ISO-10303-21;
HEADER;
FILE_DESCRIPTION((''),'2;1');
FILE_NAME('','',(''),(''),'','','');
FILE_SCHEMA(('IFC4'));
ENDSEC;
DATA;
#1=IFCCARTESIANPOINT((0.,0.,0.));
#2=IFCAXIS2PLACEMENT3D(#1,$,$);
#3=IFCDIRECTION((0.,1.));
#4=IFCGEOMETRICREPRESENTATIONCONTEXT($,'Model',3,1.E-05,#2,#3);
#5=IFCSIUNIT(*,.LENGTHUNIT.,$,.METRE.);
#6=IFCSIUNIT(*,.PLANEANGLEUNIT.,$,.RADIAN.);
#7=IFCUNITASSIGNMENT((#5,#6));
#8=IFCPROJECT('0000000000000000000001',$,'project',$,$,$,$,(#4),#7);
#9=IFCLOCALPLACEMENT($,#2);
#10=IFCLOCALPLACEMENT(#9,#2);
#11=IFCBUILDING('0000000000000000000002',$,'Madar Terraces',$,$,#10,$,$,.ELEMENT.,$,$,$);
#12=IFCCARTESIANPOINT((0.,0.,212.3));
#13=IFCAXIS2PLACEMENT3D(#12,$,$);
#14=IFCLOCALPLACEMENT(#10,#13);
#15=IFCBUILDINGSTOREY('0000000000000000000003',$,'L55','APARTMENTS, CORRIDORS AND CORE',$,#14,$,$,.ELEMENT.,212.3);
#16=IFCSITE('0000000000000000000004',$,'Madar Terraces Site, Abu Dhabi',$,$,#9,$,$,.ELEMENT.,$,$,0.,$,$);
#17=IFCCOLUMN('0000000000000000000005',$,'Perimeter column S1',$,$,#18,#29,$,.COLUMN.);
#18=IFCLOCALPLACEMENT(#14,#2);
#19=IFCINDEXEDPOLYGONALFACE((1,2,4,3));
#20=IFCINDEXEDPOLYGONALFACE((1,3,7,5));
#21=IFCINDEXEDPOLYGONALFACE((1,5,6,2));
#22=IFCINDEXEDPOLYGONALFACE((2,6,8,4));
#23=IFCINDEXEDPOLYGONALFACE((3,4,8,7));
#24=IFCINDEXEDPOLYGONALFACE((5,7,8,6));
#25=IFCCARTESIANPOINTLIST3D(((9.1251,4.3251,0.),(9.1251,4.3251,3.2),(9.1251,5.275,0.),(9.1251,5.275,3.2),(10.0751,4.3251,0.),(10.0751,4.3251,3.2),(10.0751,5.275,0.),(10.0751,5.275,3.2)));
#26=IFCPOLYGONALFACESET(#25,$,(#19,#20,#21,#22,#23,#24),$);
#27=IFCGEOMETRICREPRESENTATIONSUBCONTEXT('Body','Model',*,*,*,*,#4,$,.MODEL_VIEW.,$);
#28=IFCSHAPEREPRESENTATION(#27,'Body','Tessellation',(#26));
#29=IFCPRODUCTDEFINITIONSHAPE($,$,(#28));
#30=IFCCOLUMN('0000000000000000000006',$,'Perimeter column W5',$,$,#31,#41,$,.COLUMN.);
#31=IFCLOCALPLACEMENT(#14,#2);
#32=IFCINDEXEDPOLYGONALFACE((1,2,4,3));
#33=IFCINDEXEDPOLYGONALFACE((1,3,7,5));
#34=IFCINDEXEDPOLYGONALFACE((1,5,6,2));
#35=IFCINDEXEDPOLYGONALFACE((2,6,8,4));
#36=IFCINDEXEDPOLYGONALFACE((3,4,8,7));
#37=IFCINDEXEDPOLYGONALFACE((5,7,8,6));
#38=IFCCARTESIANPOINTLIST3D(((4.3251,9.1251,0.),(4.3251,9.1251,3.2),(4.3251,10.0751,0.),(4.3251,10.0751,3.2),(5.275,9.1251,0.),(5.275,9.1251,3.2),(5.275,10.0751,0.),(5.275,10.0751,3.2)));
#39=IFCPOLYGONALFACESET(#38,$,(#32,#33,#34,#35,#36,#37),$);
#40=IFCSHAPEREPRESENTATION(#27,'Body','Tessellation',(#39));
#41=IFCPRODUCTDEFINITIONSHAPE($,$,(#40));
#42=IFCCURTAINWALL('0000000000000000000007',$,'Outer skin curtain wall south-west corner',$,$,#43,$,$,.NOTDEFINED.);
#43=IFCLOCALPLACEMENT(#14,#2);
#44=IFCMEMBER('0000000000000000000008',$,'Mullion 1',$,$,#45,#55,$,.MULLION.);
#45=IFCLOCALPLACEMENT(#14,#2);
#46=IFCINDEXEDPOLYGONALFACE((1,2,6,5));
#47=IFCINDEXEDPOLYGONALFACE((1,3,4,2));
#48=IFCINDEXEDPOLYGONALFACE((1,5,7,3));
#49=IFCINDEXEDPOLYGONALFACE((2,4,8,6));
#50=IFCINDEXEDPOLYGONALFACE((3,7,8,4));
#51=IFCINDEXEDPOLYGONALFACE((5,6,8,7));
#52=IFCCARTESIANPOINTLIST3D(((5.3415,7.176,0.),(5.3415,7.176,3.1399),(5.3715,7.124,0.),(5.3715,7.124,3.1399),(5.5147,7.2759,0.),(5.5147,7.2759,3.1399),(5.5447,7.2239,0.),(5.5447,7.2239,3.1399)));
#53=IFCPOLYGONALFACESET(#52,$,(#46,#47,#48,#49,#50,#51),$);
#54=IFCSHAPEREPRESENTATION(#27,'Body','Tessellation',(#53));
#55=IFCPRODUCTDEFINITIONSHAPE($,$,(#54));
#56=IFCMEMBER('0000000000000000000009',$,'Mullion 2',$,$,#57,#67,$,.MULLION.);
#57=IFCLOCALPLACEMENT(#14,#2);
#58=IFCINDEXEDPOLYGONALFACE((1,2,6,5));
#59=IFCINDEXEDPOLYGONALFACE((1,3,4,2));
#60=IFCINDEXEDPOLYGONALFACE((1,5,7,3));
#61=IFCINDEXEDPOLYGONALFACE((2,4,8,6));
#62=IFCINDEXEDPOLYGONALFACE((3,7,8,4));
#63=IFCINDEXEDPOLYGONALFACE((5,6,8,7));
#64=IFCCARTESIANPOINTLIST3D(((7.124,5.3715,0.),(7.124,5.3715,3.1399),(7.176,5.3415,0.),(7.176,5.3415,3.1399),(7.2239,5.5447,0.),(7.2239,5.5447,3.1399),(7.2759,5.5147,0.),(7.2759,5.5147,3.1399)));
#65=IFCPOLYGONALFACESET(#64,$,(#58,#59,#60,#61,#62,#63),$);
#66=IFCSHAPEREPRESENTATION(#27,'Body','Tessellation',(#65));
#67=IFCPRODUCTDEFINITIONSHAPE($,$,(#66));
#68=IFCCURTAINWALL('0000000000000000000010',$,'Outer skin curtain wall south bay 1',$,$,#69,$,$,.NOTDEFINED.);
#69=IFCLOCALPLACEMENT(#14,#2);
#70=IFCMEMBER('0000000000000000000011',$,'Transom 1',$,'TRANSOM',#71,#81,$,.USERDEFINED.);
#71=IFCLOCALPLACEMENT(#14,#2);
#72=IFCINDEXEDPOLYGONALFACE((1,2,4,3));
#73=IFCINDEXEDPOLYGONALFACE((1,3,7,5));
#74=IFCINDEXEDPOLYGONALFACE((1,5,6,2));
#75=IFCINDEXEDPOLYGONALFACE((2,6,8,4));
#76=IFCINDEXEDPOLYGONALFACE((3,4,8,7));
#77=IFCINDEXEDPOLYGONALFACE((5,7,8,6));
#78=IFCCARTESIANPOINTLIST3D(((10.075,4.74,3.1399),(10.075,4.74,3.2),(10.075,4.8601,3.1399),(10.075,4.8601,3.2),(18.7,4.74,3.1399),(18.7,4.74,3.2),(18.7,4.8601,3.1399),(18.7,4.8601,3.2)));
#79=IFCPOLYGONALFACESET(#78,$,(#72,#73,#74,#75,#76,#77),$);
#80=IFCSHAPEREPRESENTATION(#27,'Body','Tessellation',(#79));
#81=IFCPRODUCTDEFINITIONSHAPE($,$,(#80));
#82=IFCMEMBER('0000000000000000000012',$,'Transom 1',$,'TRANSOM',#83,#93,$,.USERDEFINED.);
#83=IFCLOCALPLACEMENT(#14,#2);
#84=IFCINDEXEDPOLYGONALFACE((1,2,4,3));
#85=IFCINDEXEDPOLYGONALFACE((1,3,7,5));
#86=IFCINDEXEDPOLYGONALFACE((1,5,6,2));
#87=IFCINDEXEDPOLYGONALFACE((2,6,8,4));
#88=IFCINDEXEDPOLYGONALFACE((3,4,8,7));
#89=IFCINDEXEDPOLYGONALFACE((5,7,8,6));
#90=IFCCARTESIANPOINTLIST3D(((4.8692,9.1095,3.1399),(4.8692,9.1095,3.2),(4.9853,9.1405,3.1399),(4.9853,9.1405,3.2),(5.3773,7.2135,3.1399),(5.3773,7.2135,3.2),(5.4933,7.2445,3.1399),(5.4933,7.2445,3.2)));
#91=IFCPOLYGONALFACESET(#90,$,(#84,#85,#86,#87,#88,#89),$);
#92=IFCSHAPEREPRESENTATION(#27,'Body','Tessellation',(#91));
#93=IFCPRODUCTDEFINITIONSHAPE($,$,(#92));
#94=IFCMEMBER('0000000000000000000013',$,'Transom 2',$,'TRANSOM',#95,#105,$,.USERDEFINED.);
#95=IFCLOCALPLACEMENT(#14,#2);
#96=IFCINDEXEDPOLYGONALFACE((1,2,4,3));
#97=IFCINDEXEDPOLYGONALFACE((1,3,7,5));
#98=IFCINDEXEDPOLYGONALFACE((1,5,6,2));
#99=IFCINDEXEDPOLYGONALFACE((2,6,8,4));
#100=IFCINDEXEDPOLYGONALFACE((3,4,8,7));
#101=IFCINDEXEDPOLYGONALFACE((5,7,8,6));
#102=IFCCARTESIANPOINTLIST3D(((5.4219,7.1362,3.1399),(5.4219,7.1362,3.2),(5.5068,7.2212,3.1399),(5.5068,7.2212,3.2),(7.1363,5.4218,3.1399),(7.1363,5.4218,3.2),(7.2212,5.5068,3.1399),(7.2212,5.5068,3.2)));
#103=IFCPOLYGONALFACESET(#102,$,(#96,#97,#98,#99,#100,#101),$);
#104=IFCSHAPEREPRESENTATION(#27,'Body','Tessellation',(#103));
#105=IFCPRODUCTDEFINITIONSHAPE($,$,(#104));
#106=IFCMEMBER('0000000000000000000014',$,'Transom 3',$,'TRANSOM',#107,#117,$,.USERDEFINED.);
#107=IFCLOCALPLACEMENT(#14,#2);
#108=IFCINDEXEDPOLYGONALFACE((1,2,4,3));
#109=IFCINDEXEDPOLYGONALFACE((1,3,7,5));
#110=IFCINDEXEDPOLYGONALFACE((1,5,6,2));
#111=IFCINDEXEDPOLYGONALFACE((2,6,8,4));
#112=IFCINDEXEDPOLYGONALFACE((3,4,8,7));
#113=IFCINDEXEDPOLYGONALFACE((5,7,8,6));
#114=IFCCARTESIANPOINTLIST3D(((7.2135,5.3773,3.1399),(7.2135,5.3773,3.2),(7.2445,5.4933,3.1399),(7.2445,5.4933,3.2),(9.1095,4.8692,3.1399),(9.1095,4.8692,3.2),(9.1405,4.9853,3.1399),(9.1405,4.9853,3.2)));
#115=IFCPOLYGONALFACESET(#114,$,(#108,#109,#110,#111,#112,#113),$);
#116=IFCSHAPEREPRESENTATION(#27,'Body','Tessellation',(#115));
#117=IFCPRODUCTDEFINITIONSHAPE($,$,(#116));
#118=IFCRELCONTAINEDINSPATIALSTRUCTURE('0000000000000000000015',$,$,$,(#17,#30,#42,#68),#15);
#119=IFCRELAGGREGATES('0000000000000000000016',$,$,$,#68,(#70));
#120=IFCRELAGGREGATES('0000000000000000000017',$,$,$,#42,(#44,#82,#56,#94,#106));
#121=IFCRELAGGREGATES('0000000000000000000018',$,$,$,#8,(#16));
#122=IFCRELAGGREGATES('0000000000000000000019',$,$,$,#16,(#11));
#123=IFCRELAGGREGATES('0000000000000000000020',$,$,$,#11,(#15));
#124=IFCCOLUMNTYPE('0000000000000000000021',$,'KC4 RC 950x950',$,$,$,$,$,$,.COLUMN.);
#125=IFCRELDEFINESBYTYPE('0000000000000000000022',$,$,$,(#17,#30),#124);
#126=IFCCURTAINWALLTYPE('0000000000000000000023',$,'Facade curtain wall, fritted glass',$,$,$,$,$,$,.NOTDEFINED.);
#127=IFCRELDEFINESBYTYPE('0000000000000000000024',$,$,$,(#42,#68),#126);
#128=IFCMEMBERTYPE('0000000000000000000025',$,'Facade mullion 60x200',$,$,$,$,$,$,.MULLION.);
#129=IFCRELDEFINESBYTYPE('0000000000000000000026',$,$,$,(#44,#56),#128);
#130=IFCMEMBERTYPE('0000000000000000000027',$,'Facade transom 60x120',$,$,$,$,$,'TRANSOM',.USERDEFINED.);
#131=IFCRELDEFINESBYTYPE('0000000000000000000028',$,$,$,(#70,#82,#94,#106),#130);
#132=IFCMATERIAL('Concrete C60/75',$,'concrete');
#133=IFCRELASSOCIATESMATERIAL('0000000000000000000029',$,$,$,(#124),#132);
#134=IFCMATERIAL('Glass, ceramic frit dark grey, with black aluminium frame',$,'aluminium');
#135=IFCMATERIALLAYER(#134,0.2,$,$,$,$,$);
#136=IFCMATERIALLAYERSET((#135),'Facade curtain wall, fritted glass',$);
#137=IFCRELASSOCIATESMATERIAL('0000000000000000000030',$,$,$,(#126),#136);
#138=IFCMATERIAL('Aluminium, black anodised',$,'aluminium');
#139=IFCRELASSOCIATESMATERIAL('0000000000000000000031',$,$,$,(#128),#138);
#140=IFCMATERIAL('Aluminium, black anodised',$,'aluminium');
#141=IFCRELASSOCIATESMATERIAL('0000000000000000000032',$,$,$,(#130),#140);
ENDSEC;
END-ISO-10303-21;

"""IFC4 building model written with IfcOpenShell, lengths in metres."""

from ifc_helpers import new_model, si_unit, direction, frame, origin, origin_2d, place, context, subcontext, project, spatial, rectangle, extrude, material, layer, layer_set, material_profile, profile_set, type_object, element, aggregate, save


model = new_model("IFC4")

# Units and contexts
model_context = context("Model", 3, precision=1e-05, world=origin(), true_north=direction((0.0, 1.0)))
body_context = subcontext(model_context, "Body", "Model", "MODEL_VIEW")
ifc_project = project(units=[si_unit("LENGTHUNIT", "METRE"), si_unit("PLANEANGLEUNIT", "RADIAN")], contexts=[model_context])

# Site, building, storey
site_placement = place(None, origin())
site = spatial("IfcSite", under=ifc_project, at=site_placement, Name="Madar Terraces Site, Abu Dhabi", CompositionType="ELEMENT", RefElevation=0.0)
building_placement = place(site_placement, origin())
building = spatial("IfcBuilding", under=site, at=building_placement, Name="Madar Terraces", CompositionType="ELEMENT")
storey_placement = place(building_placement, frame((0.0, 0.0, 212.3)))
storey = spatial("IfcBuildingStorey", under=building, at=storey_placement, Name="L55", Description="APARTMENTS, CORRIDORS AND CORE", CompositionType="ELEMENT", Elevation=212.3)

# Columns
ifc_material_1 = material(Name="Concrete C60/75", Category="concrete")
ifc_material_profile_1 = material_profile(ifc_material_1, rectangle(XDim=0.95, YDim=0.95, at=origin_2d()), Name="KC4 RC 950x950")
ifc_profile_set_1 = profile_set([ifc_material_profile_1], Name="Concrete C60/75")
column_type = type_object("IfcColumnType", Name="KC4 RC 950x950", PredefinedType="COLUMN", material=ifc_profile_set_1)
for number, where, z_axis, x_axis, name in (
    (1, (9.6001, 4.8, 0.0), (0.0, 0.0, 1.0), (1.0, 0.0, 0.0), "Perimeter column S1"),
    (2, (4.8, 9.6001, 0.0), (0.0, 0.0, 1.0), (1.0, 0.0, 0.0), "Perimeter column W5"),
):
    element("IfcColumn", number, at=place(storey_placement, frame(where, z_axis=z_axis, x_axis=x_axis)), inside=storey, type_object=column_type, Name=name, PredefinedType="COLUMN", context=body_context, shape_type="SweptSolid", body=[
        extrude(rectangle(XDim=0.95, YDim=0.95, at=origin_2d()), origin(), (0.0, 0.0, 1.0), 3.2),
    ])

# Curtain wall, members
ifc_material_2 = material(Name="Glass, ceramic frit dark grey, with black aluminium frame", Category="aluminium")
ifc_layer_1 = layer(ifc_material_2, 0.2)
ifc_layer_set_1 = layer_set([ifc_layer_1], Name="Facade curtain wall, fritted glass")
curtain_wall_type = type_object("IfcCurtainWallType", Name="Facade curtain wall, fritted glass", PredefinedType="NOTDEFINED", material=ifc_layer_set_1)
curtain_wall_1_placement = place(storey_placement, origin())
curtain_wall_1 = element("IfcCurtainWall", 3, at=curtain_wall_1_placement, inside=storey, type_object=curtain_wall_type, Name="Outer skin curtain wall south-west corner", PredefinedType="NOTDEFINED")
ifc_material_3 = material(Name="Aluminium, black anodised", Category="aluminium")
ifc_material_profile_2 = material_profile(ifc_material_3, rectangle(XDim=0.2, YDim=0.0601, at=origin_2d()), Name="Facade mullion 60x200")
ifc_profile_set_2 = profile_set([ifc_material_profile_2], Name="Aluminium, black anodised")
member_type_1 = type_object("IfcMemberType", Name="Facade mullion 60x200", PredefinedType="MULLION", material=ifc_profile_set_2)
member_1_placement = place(storey_placement, frame((5.4431, 7.2, 0.0), z_axis=(0.0, 0.0, 1.0), x_axis=(0.866025, 0.5, 0.0)))
member_1 = element("IfcMember", 4, at=member_1_placement, type_object=member_type_1, Name="Mullion 1", PredefinedType="MULLION", context=body_context, shape_type="SweptSolid", body=[
    extrude(rectangle(XDim=0.2, YDim=0.0601, at=origin_2d()), origin(), (0.0, 0.0, 1.0), 3.1399),
])
member_2_placement = place(storey_placement, frame((7.2, 5.4431, 0.0), z_axis=(0.0, 0.0, 1.0), x_axis=(0.5, 0.866025, 0.0)))
member_2 = element("IfcMember", 5, at=member_2_placement, type_object=member_type_1, Name="Mullion 2", PredefinedType="MULLION", context=body_context, shape_type="SweptSolid", body=[
    extrude(rectangle(XDim=0.2, YDim=0.0601, at=origin_2d()), origin(), (0.0, 0.0, 1.0), 3.1399),
])

# Curtain wall, member
curtain_wall_2_placement = place(storey_placement, origin())
curtain_wall_2 = element("IfcCurtainWall", 6, at=curtain_wall_2_placement, inside=storey, type_object=curtain_wall_type, Name="Outer skin curtain wall south bay 1", PredefinedType="NOTDEFINED")
ifc_material_4 = material(Name="Aluminium, black anodised", Category="aluminium")
ifc_material_profile_3 = material_profile(ifc_material_4, rectangle(XDim=0.1201, YDim=0.0601, at=origin_2d()), Name="Facade transom 60x120")
ifc_profile_set_3 = profile_set([ifc_material_profile_3], Name="Aluminium, black anodised")
member_type_2 = type_object("IfcMemberType", Name="Facade transom 60x120", ElementType="TRANSOM", PredefinedType="USERDEFINED", material=ifc_profile_set_3)
member_3_placement = place(storey_placement, frame((10.075, 4.8, 3.1699), z_axis=(1.0, 0.0, 0.0), x_axis=(0.0, 1.0, 0.0)))
member_3 = element("IfcMember", 7, at=member_3_placement, type_object=member_type_2, Name="Transom 1", ObjectType="TRANSOM", PredefinedType="USERDEFINED", context=body_context, shape_type="SweptSolid", body=[
    extrude(rectangle(XDim=0.1201, YDim=0.0601, at=origin_2d()), origin(), (0.0, 0.0, 1.0), 8.625),
])

# Members
member_4_placement = place(storey_placement, frame((4.9272, 9.125, 3.1699), z_axis=(0.258831, -0.965923, 0.0), x_axis=(0.965923, 0.258831, 0.0)))
member_4 = element("IfcMember", 8, at=member_4_placement, type_object=member_type_2, Name="Transom 1", ObjectType="TRANSOM", PredefinedType="USERDEFINED", context=body_context, shape_type="SweptSolid", body=[
    extrude(rectangle(XDim=0.1201, YDim=0.0601, at=origin_2d()), origin(), (0.0, 0.0, 1.0), 1.9629),
])
member_5_placement = place(storey_placement, frame((5.4644, 7.1787, 3.1699), z_axis=(0.707107, -0.707107, 0.0), x_axis=(0.707107, 0.707107, 0.0)))
member_5 = element("IfcMember", 9, at=member_5_placement, type_object=member_type_2, Name="Transom 2", ObjectType="TRANSOM", PredefinedType="USERDEFINED", context=body_context, shape_type="SweptSolid", body=[
    extrude(rectangle(XDim=0.1201, YDim=0.0601, at=origin_2d()), origin(), (0.0, 0.0, 1.0), 2.4246),
])
member_6_placement = place(storey_placement, frame((7.229, 5.4353, 3.1699), z_axis=(0.965923, -0.258831, 0.0), x_axis=(0.258831, 0.965923, 0.0)))
member_6 = element("IfcMember", 10, at=member_6_placement, type_object=member_type_2, Name="Transom 3", ObjectType="TRANSOM", PredefinedType="USERDEFINED", context=body_context, shape_type="SweptSolid", body=[
    extrude(rectangle(XDim=0.1201, YDim=0.0601, at=origin_2d()), origin(), (0.0, 0.0, 1.0), 1.9629),
])

aggregate(curtain_wall_2, [member_3])
aggregate(curtain_wall_1, [member_1, member_4, member_2, member_5, member_6])

save(model, "model.ifc")
